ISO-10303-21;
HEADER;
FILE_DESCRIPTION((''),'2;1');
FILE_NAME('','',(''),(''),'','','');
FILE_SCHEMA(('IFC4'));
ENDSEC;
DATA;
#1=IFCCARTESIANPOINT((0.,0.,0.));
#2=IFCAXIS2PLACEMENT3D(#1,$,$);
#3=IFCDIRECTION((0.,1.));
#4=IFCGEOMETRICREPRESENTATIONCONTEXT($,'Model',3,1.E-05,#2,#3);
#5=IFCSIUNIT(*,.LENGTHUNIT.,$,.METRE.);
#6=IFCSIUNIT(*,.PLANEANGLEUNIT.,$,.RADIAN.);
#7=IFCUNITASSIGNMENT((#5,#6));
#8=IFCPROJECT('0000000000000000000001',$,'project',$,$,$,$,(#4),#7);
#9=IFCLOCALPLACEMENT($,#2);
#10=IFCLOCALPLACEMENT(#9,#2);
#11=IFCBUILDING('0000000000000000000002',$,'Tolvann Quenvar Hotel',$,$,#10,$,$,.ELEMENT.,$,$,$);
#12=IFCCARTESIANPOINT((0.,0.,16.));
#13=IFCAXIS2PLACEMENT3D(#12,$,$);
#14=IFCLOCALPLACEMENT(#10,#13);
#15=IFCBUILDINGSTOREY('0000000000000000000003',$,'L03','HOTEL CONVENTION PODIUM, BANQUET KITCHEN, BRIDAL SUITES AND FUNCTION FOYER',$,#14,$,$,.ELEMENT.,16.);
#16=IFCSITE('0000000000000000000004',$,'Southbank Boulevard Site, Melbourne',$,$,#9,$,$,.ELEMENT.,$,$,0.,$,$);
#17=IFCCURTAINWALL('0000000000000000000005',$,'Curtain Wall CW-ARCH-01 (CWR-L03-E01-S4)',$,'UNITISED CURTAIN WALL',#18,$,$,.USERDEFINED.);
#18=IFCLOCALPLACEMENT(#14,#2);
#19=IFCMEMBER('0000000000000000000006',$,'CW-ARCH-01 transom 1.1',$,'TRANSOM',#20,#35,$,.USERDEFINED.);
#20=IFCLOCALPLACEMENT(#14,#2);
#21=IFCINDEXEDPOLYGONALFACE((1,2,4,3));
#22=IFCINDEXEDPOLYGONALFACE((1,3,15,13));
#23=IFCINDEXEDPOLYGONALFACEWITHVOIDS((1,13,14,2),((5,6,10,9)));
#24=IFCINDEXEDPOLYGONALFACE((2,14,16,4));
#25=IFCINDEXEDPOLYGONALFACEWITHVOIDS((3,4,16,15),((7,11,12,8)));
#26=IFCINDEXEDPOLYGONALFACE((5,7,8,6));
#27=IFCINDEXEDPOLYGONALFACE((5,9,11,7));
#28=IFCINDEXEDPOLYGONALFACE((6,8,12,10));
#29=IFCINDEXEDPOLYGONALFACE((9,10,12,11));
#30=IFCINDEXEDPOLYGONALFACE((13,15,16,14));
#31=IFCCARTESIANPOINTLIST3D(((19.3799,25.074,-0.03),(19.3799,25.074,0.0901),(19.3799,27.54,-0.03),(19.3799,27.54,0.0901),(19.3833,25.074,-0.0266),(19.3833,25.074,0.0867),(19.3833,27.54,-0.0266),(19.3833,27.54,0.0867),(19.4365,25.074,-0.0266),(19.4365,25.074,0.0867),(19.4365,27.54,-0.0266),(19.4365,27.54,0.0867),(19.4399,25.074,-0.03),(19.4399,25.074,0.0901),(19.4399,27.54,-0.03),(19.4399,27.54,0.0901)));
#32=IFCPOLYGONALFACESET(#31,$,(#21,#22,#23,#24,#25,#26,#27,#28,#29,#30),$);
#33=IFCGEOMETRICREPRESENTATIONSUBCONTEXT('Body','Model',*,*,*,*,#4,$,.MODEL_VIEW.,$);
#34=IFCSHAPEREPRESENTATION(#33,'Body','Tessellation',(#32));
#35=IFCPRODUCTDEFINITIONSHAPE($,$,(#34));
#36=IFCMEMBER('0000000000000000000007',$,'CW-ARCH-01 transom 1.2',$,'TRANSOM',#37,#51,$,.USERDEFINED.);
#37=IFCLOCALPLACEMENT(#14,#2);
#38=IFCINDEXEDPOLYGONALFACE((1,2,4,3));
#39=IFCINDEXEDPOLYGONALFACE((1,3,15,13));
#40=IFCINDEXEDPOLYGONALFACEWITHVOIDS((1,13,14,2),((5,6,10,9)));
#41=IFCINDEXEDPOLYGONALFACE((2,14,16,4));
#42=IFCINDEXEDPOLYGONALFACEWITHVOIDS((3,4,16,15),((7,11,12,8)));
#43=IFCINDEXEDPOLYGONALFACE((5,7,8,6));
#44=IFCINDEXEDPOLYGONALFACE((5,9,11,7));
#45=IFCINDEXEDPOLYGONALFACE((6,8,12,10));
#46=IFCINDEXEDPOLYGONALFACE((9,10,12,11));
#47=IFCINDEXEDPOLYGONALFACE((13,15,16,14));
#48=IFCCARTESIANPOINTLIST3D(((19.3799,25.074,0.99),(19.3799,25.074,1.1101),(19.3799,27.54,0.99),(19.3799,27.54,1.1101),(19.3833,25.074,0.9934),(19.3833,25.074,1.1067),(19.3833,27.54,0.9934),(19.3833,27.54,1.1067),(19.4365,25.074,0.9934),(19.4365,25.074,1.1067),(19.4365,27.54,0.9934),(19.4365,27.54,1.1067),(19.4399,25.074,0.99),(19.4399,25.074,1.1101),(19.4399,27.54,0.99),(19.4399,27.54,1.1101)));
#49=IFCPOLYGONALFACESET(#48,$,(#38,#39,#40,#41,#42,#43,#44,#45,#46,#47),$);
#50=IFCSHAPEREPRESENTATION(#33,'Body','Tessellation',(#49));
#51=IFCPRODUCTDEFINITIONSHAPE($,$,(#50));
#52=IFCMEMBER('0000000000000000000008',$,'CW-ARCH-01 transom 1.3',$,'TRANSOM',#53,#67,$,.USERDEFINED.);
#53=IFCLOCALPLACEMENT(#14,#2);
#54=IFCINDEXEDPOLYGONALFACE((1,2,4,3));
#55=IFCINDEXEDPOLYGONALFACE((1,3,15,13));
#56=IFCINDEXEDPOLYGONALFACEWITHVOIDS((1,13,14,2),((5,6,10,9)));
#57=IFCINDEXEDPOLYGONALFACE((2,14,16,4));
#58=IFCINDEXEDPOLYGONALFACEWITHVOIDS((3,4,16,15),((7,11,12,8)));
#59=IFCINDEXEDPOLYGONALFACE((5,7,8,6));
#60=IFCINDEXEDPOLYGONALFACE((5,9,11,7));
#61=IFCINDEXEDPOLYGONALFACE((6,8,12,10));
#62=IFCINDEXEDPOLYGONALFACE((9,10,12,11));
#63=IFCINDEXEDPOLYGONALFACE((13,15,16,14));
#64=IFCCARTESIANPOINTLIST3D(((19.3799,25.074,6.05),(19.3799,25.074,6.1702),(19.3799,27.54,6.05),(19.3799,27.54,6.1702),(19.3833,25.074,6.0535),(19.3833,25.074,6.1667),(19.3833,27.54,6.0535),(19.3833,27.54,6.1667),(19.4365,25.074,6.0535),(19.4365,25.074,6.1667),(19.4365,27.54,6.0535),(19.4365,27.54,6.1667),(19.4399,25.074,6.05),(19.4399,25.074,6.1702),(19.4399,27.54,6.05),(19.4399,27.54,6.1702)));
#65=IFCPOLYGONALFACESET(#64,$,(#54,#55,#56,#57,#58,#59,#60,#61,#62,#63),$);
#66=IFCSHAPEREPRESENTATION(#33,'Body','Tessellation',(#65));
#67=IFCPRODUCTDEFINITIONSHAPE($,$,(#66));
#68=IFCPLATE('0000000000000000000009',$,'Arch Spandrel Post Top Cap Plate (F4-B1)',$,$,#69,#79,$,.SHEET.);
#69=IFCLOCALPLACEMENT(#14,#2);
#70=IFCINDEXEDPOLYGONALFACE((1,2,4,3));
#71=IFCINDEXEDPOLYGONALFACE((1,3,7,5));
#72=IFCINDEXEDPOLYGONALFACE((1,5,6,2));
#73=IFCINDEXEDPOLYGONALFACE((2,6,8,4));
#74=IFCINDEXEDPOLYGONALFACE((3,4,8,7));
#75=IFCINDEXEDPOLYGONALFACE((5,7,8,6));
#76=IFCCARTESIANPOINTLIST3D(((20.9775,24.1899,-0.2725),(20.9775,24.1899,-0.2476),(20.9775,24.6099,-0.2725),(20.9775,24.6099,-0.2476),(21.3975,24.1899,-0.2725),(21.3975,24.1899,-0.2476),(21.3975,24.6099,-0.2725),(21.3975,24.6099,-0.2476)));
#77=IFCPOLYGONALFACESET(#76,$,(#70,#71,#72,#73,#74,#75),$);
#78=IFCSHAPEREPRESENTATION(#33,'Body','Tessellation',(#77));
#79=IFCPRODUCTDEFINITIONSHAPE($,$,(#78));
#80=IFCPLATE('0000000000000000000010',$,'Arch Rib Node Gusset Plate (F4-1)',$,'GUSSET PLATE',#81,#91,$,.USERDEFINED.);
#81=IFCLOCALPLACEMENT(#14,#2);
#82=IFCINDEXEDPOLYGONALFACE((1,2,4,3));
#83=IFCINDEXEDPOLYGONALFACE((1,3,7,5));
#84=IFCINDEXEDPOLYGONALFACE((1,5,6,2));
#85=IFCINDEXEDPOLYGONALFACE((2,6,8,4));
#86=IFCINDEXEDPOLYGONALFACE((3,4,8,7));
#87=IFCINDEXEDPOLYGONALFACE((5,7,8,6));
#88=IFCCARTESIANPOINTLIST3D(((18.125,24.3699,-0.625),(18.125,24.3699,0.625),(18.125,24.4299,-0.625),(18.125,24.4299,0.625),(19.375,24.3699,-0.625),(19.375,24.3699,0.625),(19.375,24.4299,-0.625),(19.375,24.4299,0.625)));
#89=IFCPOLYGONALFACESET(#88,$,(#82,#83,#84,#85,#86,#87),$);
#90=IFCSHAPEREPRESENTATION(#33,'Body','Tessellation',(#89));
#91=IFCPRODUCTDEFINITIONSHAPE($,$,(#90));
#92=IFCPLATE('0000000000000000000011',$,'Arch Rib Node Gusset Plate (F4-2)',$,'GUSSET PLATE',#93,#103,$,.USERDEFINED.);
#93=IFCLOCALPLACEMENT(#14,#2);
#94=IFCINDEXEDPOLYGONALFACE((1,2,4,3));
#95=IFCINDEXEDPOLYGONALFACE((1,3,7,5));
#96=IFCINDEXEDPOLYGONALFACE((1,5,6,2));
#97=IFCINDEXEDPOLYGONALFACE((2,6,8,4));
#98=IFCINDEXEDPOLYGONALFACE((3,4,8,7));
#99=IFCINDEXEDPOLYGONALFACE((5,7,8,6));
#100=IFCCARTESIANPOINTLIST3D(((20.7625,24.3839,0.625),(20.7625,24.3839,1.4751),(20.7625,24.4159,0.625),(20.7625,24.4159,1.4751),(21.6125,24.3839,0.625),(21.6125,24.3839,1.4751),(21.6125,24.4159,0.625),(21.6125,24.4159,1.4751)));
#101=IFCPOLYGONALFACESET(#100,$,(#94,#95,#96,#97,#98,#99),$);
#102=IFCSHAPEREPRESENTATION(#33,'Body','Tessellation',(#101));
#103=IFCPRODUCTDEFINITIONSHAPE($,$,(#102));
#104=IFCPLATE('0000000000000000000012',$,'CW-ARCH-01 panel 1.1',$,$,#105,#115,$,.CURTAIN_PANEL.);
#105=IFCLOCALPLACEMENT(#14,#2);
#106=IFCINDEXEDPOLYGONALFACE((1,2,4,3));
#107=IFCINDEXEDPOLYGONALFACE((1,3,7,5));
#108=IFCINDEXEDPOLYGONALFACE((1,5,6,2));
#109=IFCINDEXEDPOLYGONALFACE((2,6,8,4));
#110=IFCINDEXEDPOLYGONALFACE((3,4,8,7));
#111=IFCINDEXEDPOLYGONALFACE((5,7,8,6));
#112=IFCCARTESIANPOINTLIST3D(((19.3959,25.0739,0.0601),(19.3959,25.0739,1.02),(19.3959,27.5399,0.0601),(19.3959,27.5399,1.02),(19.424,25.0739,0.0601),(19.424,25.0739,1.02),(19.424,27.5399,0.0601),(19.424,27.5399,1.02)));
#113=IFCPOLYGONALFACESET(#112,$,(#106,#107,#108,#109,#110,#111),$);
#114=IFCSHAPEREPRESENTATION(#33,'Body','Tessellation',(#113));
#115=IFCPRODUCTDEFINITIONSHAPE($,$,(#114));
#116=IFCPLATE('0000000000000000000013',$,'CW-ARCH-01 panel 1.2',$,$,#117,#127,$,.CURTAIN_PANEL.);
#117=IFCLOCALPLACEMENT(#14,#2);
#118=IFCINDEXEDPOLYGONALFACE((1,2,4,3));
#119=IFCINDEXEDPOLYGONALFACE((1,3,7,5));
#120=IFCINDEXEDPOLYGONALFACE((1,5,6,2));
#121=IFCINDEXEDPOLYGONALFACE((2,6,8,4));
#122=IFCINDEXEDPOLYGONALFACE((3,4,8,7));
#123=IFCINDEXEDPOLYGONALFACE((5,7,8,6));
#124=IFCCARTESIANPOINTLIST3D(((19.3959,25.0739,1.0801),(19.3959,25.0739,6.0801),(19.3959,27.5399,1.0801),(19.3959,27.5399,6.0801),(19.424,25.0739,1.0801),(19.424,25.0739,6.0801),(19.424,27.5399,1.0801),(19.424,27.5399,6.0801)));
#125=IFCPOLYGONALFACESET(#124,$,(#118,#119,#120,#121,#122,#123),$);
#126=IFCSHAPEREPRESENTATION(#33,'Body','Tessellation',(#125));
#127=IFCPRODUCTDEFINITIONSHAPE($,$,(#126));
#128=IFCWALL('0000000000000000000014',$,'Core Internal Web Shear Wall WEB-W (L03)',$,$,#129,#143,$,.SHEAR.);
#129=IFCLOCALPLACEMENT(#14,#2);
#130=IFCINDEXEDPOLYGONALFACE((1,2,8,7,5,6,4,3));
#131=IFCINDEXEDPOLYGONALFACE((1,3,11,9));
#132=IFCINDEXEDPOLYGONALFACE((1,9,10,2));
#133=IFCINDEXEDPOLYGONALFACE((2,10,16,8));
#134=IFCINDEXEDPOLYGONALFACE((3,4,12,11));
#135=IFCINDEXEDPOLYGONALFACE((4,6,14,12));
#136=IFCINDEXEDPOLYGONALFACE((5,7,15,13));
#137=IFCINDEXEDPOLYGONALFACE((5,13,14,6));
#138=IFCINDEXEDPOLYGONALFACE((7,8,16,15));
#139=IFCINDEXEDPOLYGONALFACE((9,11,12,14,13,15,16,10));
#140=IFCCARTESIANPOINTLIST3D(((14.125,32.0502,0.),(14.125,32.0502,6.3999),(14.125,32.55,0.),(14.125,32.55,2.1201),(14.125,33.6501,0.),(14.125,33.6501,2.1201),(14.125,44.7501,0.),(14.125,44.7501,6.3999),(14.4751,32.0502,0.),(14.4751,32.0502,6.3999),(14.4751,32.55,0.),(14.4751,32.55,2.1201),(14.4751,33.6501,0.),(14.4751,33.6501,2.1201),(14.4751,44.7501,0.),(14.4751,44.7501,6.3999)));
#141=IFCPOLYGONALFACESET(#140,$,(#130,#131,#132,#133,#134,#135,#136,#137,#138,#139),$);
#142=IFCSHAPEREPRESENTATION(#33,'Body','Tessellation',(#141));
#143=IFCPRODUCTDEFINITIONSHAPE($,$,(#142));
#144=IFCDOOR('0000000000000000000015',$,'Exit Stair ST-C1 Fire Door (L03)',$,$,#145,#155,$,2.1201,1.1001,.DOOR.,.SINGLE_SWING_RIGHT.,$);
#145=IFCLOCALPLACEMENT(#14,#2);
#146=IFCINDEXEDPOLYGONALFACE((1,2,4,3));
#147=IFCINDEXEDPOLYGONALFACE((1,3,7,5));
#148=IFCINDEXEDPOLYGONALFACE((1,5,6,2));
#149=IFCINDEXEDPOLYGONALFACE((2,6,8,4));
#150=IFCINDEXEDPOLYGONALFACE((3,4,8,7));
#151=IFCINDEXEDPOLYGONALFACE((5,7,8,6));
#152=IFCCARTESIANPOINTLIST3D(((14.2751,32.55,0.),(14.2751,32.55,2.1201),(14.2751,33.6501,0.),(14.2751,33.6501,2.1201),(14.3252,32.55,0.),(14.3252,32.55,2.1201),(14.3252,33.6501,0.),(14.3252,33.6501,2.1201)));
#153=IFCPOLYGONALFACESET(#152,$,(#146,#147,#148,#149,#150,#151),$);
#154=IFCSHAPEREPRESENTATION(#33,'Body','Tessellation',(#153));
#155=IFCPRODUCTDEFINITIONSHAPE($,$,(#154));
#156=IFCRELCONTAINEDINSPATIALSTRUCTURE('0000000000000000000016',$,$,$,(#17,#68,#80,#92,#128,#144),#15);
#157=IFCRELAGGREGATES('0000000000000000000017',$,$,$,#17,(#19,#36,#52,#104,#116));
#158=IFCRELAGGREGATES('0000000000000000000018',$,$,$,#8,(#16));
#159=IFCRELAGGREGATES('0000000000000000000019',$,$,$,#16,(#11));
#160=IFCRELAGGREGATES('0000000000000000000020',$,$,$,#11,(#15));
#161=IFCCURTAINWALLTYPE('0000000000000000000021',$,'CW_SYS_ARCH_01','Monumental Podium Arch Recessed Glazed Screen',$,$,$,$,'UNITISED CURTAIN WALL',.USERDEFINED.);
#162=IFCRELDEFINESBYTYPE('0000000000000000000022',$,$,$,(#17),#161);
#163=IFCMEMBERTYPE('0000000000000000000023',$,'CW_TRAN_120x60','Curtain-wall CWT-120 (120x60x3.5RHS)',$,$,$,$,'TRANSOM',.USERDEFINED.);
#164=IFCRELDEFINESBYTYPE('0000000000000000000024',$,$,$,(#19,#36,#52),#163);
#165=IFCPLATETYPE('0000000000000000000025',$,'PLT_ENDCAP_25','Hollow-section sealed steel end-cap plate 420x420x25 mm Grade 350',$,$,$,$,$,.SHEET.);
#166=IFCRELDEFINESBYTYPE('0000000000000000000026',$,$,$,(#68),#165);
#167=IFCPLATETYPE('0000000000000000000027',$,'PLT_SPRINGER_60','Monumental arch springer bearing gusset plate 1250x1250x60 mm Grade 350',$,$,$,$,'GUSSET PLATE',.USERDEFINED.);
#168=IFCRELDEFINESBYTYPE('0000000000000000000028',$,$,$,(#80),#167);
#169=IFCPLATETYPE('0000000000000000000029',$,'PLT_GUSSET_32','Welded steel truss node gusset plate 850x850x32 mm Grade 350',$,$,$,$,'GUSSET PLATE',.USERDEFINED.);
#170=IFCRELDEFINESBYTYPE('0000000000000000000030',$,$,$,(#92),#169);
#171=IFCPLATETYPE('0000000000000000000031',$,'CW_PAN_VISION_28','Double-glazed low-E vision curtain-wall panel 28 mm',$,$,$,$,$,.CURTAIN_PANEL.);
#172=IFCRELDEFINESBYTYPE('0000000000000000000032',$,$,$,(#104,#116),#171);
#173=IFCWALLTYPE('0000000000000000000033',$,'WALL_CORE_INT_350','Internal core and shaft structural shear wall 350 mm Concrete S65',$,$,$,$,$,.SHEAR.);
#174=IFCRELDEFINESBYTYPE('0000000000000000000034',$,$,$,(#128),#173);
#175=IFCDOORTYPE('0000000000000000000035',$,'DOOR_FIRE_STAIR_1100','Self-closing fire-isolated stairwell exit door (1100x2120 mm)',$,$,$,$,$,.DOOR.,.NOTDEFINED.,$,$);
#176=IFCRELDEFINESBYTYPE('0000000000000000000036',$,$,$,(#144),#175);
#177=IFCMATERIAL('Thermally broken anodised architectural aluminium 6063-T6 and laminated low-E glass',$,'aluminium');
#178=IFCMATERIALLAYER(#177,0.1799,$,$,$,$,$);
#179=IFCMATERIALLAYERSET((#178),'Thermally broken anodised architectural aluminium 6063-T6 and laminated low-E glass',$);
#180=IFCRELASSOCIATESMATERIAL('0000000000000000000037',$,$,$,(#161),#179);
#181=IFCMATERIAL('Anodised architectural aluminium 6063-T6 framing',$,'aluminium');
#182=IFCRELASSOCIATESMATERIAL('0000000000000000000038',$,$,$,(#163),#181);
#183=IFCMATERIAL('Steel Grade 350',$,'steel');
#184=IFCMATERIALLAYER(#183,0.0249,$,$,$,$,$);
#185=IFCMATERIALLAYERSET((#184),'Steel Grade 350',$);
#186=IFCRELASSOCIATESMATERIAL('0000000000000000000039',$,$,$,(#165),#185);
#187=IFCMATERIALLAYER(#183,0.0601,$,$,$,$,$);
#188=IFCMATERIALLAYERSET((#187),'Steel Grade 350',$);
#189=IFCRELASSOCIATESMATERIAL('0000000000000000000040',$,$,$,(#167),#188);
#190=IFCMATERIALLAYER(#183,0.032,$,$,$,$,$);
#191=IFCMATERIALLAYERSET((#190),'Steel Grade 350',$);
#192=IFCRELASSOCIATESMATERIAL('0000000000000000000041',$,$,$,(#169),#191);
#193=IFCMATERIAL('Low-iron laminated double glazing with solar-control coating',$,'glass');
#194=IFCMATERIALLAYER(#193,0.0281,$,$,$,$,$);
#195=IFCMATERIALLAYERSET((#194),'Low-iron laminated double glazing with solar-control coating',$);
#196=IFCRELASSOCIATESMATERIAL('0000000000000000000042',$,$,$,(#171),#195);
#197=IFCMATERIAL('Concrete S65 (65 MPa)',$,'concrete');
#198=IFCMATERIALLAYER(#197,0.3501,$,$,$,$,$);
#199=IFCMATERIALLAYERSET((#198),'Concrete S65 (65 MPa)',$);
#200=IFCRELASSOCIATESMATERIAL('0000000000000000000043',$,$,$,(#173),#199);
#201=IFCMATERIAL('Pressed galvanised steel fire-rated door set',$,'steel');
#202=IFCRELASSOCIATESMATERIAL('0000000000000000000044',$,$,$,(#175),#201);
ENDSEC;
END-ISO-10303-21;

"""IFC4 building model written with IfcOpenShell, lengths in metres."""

from ifc_helpers import new_model, si_unit, direction, frame, frame_2d, origin, origin_2d, place, context, subcontext, project, spatial, rectangle, hollow_rectangle, extrude, source, transform, mapped, material, layer, layer_set, material_profile, profile_set, type_object, type_shapes, element, fill, aggregate, save


model = new_model("IFC4")

# Units and contexts
model_context = context("Model", 3, precision=1e-05, world=origin(), true_north=direction((0.0, 1.0)))
body_context = subcontext(model_context, "Body", "Model", "MODEL_VIEW")
ifc_project = project(units=[si_unit("LENGTHUNIT", "METRE"), si_unit("PLANEANGLEUNIT", "RADIAN")], contexts=[model_context])

# Site, building, storey
site_placement = place(None, origin())
site = spatial("IfcSite", under=ifc_project, at=site_placement, Name="Southbank Boulevard Site, Melbourne", CompositionType="ELEMENT", RefElevation=0.0)
building_placement = place(site_placement, origin())
building = spatial("IfcBuilding", under=site, at=building_placement, Name="Tolvann Quenvar Hotel", CompositionType="ELEMENT")
storey_placement = place(building_placement, frame((0.0, 0.0, 16.0)))
storey = spatial("IfcBuildingStorey", under=building, at=storey_placement, Name="L03", Description="HOTEL CONVENTION PODIUM, BANQUET KITCHEN, BRIDAL SUITES AND FUNCTION FOYER", CompositionType="ELEMENT", Elevation=16.0)

# Shared definitions
ifc_material_1 = material(Name="Concrete S65 (65 MPa)", Category="concrete")

# Shared definitions
ifc_material_2 = material(Name="Steel Grade 350", Category="steel")

# Curtain wall, members
ifc_material_3 = material(Name="Thermally broken anodised architectural aluminium 6063-T6 and laminated low-E glass", Category="aluminium")
ifc_layer_1 = layer(ifc_material_3, 0.1799)
ifc_layer_set_1 = layer_set([ifc_layer_1], Name="Thermally broken anodised architectural aluminium 6063-T6 and laminated low-E glass")
curtain_wall_type = type_object("IfcCurtainWallType", Name="CW_SYS_ARCH_01", Description="Monumental Podium Arch Recessed Glazed Screen", ElementType="UNITISED CURTAIN WALL", PredefinedType="USERDEFINED", material=ifc_layer_set_1)
curtain_wall_placement = place(storey_placement, origin())
curtain_wall = element("IfcCurtainWall", 1, at=curtain_wall_placement, inside=storey, type_object=curtain_wall_type, Name="Curtain Wall CW-ARCH-01 (CWR-L03-E01-S4)", ObjectType="UNITISED CURTAIN WALL", PredefinedType="USERDEFINED")
ifc_material_4 = material(Name="Anodised architectural aluminium 6063-T6 framing", Category="aluminium")
ifc_material_profile_1 = material_profile(ifc_material_4, hollow_rectangle(XDim=0.0601, YDim=0.1201, WallThickness=0.0034, at=origin_2d()), Name="120x60x3.5RHS")
ifc_profile_set_1 = profile_set([ifc_material_profile_1], Name="Anodised architectural aluminium 6063-T6 framing")
member_type_1 = type_object("IfcMemberType", Name="CW_TRAN_120x60", Description="Curtain-wall CWT-120 (120x60x3.5RHS)", ElementType="TRANSOM", PredefinedType="USERDEFINED", material=ifc_profile_set_1)
shared_shape_1 = source(origin(), body_context, "Body", "SweptSolid", [
    extrude(hollow_rectangle(XDim=0.0601, YDim=0.1201, WallThickness=0.0034, at=origin_2d()), origin(), (0.0, 0.0, 1.0), 2.4661),
])
type_shapes(member_type_1, [shared_shape_1])
member_1_placement = place(storey_placement, frame((19.4099, 25.074, 0.03), z_axis=(0.0, 1.0, 0.0), x_axis=(-1.0, 0.0, 0.0)))
member_1 = element("IfcMember", 2, at=member_1_placement, type_object=member_type_1, Name="CW-ARCH-01 transom 1.1", ObjectType="TRANSOM", PredefinedType="USERDEFINED", context=body_context, shape_type="MappedRepresentation", body=[
    mapped(shared_shape_1, transform((0.0, 0.0, 0.0), x_axis=(1.0, 0.0, 0.0), y_axis=(0.0, 1.0, 0.0), z_axis=(0.0, 0.0, 1.0), scale=1.0)),
])
member_2_placement = place(storey_placement, frame((19.4099, 25.074, 1.05), z_axis=(0.0, 1.0, 0.0), x_axis=(-1.0, 0.0, 0.0)))
member_2 = element("IfcMember", 3, at=member_2_placement, type_object=member_type_1, Name="CW-ARCH-01 transom 1.2", ObjectType="TRANSOM", PredefinedType="USERDEFINED", context=body_context, shape_type="MappedRepresentation", body=[
    mapped(shared_shape_1, transform((0.0, 0.0, 0.0), x_axis=(1.0, 0.0, 0.0), y_axis=(0.0, 1.0, 0.0), z_axis=(0.0, 0.0, 1.0), scale=1.0)),
])
member_3_placement = place(storey_placement, frame((19.4099, 25.074, 6.1101), z_axis=(0.0, 1.0, 0.0), x_axis=(-1.0, 0.0, 0.0)))
member_3 = element("IfcMember", 4, at=member_3_placement, type_object=member_type_1, Name="CW-ARCH-01 transom 1.3", ObjectType="TRANSOM", PredefinedType="USERDEFINED", context=body_context, shape_type="MappedRepresentation", body=[
    mapped(shared_shape_1, transform((0.0, 0.0, 0.0), x_axis=(1.0, 0.0, 0.0), y_axis=(0.0, 1.0, 0.0), z_axis=(0.0, 0.0, 1.0), scale=1.0)),
])

# Plates
ifc_layer_2 = layer(ifc_material_2, 0.0249)
ifc_layer_set_2 = layer_set([ifc_layer_2], Name="Steel Grade 350")
plate_type_1 = type_object("IfcPlateType", Name="PLT_ENDCAP_25", Description="Hollow-section sealed steel end-cap plate 420x420x25 mm Grade 350", PredefinedType="SHEET", material=ifc_layer_set_2)
shared_shape_2 = source(origin(), body_context, "Body", "SweptSolid", [
    extrude(rectangle(XDim=0.4199, YDim=0.4199, at=origin_2d()), origin(), (0.0, 0.0, 1.0), 0.0249),
])
type_shapes(plate_type_1, [shared_shape_2])
plate_1_placement = place(storey_placement, frame((21.1875, 24.3999, -0.2725), z_axis=(0.0, 0.0, 1.0), x_axis=(1.0, 0.0, 0.0)))
element("IfcPlate", 5, at=plate_1_placement, inside=storey, type_object=plate_type_1, Name="Arch Spandrel Post Top Cap Plate (F4-B1)", PredefinedType="SHEET", context=body_context, shape_type="MappedRepresentation", body=[
    mapped(shared_shape_2, transform((0.0, 0.0, 0.0), x_axis=(1.0, 0.0, 0.0), y_axis=(0.0, 1.0, 0.0), z_axis=(0.0, 0.0, 1.0), scale=1.0)),
])
ifc_layer_3 = layer(ifc_material_2, 0.0601)
ifc_layer_set_3 = layer_set([ifc_layer_3], Name="Steel Grade 350")
plate_type_2 = type_object("IfcPlateType", Name="PLT_SPRINGER_60", Description="Monumental arch springer bearing gusset plate 1250x1250x60 mm Grade 350", ElementType="GUSSET PLATE", PredefinedType="USERDEFINED", material=ifc_layer_set_3)
shared_shape_3 = source(origin(), body_context, "Body", "SweptSolid", [
    extrude(rectangle(XDim=1.25, YDim=0.0601, at=origin_2d()), origin(), (0.0, 0.0, 1.0), 1.25),
])
type_shapes(plate_type_2, [shared_shape_3])
plate_2_placement = place(storey_placement, frame((18.75, 24.3999, -0.625), z_axis=(0.0, 0.0, 1.0), x_axis=(1.0, 0.0, 0.0)))
element("IfcPlate", 6, at=plate_2_placement, inside=storey, type_object=plate_type_2, Name="Arch Rib Node Gusset Plate (F4-1)", ObjectType="GUSSET PLATE", PredefinedType="USERDEFINED", context=body_context, shape_type="MappedRepresentation", body=[
    mapped(shared_shape_3, transform((0.0, 0.0, 0.0), x_axis=(1.0, 0.0, 0.0), y_axis=(0.0, 1.0, 0.0), z_axis=(0.0, 0.0, 1.0), scale=1.0)),
])
ifc_layer_4 = layer(ifc_material_2, 0.032)
ifc_layer_set_4 = layer_set([ifc_layer_4], Name="Steel Grade 350")
plate_type_3 = type_object("IfcPlateType", Name="PLT_GUSSET_32", Description="Welded steel truss node gusset plate 850x850x32 mm Grade 350", ElementType="GUSSET PLATE", PredefinedType="USERDEFINED", material=ifc_layer_set_4)
shared_shape_4 = source(origin(), body_context, "Body", "SweptSolid", [
    extrude(rectangle(XDim=0.8501, YDim=0.032, at=origin_2d()), origin(), (0.0, 0.0, 1.0), 0.8501),
])
type_shapes(plate_type_3, [shared_shape_4])
plate_3_placement = place(storey_placement, frame((21.1875, 24.3999, 0.625), z_axis=(0.0, 0.0, 1.0), x_axis=(1.0, 0.0, 0.0)))
element("IfcPlate", 7, at=plate_3_placement, inside=storey, type_object=plate_type_3, Name="Arch Rib Node Gusset Plate (F4-2)", ObjectType="GUSSET PLATE", PredefinedType="USERDEFINED", context=body_context, shape_type="MappedRepresentation", body=[
    mapped(shared_shape_4, transform((0.0, 0.0, 0.0), x_axis=(1.0, 0.0, 0.0), y_axis=(0.0, 1.0, 0.0), z_axis=(0.0, 0.0, 1.0), scale=1.0)),
])

# Plates
ifc_material_5 = material(Name="Low-iron laminated double glazing with solar-control coating", Category="glass")
ifc_layer_5 = layer(ifc_material_5, 0.0281)
ifc_layer_set_5 = layer_set([ifc_layer_5], Name="Low-iron laminated double glazing with solar-control coating")
plate_type_4 = type_object("IfcPlateType", Name="CW_PAN_VISION_28", Description="Double-glazed low-E vision curtain-wall panel 28 mm", PredefinedType="CURTAIN_PANEL", material=ifc_layer_set_5)
shared_shape_5 = source(origin(), body_context, "Body", "SweptSolid", [
    extrude(rectangle(XDim=2.4661, YDim=0.0281, at=origin_2d()), origin(), (0.0, 0.0, 1.0), 0.96),
])
plate_4_placement = place(storey_placement, frame((19.4099, 26.3069, 0.0601), z_axis=(0.0, 0.0, 1.0), x_axis=(0.0, 1.0, 0.0)))
plate_4 = element("IfcPlate", 8, at=plate_4_placement, type_object=plate_type_4, Name="CW-ARCH-01 panel 1.1", PredefinedType="CURTAIN_PANEL", context=body_context, shape_type="MappedRepresentation", body=[
    mapped(shared_shape_5, transform((0.0, 0.0, 0.0), x_axis=(1.0, 0.0, 0.0), y_axis=(0.0, 1.0, 0.0), z_axis=(0.0, 0.0, 1.0), scale=1.0)),
])
shared_shape_6 = source(origin(), body_context, "Body", "SweptSolid", [
    extrude(rectangle(XDim=2.4661, YDim=0.0281, at=origin_2d()), origin(), (0.0, 0.0, 1.0), 5.0),
])
type_shapes(plate_type_4, [shared_shape_5, shared_shape_6])
plate_5_placement = place(storey_placement, frame((19.4099, 26.3069, 1.0801), z_axis=(0.0, 0.0, 1.0), x_axis=(0.0, 1.0, 0.0)))
plate_5 = element("IfcPlate", 9, at=plate_5_placement, type_object=plate_type_4, Name="CW-ARCH-01 panel 1.2", PredefinedType="CURTAIN_PANEL", context=body_context, shape_type="MappedRepresentation", body=[
    mapped(shared_shape_6, transform((0.0, 0.0, 0.0), x_axis=(1.0, 0.0, 0.0), y_axis=(0.0, 1.0, 0.0), z_axis=(0.0, 0.0, 1.0), scale=1.0)),
])
aggregate(curtain_wall, [member_1, member_2, member_3, plate_4, plate_5])

# Wall, opening, door
ifc_layer_6 = layer(ifc_material_1, 0.3501)
ifc_layer_set_6 = layer_set([ifc_layer_6], Name="Concrete S65 (65 MPa)")
wall_type_1 = type_object("IfcWallType", Name="WALL_CORE_INT_350", Description="Internal core and shaft structural shear wall 350 mm Concrete S65", PredefinedType="SHEAR", material=ifc_layer_set_6)
wall_1_placement = place(storey_placement, frame((14.3, 32.05, 0.0), z_axis=(0.0, 0.0, 1.0), x_axis=(0.0, 1.0, 0.0)))
wall_1 = element("IfcWall", 10, at=wall_1_placement, inside=storey, type_object=wall_type_1, Name="Core Internal Web Shear Wall WEB-W (L03)", PredefinedType="SHEAR", context=body_context, shape_type="SweptSolid", body=[
    extrude(rectangle(XDim=12.7, YDim=0.3501, at=frame_2d((6.3501, 0.0))), origin(), (0.0, 0.0, 1.0), 6.3999),
])
opening_1_placement = place(wall_1_placement, frame((0.5, 0.0, 0.0)))
opening_1 = element("IfcOpeningElement", 11, at=opening_1_placement, cuts=wall_1, PredefinedType="OPENING", context=body_context, shape_type="SweptSolid", body=[
    extrude(rectangle(XDim=1.1001, YDim=2.1201, at=frame_2d((0.55, 1.0601))), frame((0.0, 0.1851, 0.0), z_axis=(0.0, -1.0, 0.0), x_axis=(1.0, 0.0, 0.0)), (0.0, 0.0, 1.0), 0.3701),
])
ifc_material_6 = material(Name="Pressed galvanised steel fire-rated door set", Category="steel")
door_type = type_object("IfcDoorType", Name="DOOR_FIRE_STAIR_1100", Description="Self-closing fire-isolated stairwell exit door (1100x2120 mm)", OperationType="NOTDEFINED", PredefinedType="DOOR", material=ifc_material_6)
shared_shape_7 = source(origin(), body_context, "Body", "SweptSolid", [
    extrude(rectangle(XDim=1.1001, YDim=2.1201, at=frame_2d((0.55, 1.0601))), frame((0.0, 0.0249, 0.0), z_axis=(0.0, -1.0, 0.0), x_axis=(1.0, 0.0, 0.0)), (0.0, 0.0, 1.0), 0.05),
])
type_shapes(door_type, [shared_shape_7])
door_placement = place(opening_1_placement, origin())
door = element("IfcDoor", 12, at=door_placement, inside=storey, type_object=door_type, Name="Exit Stair ST-C1 Fire Door (L03)", OperationType="SINGLE_SWING_RIGHT", OverallHeight=2.1201, OverallWidth=1.1001, PredefinedType="DOOR", context=body_context, shape_type="MappedRepresentation", body=[
    mapped(shared_shape_7, transform((0.0, 0.0, 0.0), x_axis=(1.0, 0.0, 0.0), y_axis=(0.0, 1.0, 0.0), z_axis=(0.0, 0.0, 1.0), scale=1.0)),
])
fill(opening_1, door)

save(model, "model.ifc")
